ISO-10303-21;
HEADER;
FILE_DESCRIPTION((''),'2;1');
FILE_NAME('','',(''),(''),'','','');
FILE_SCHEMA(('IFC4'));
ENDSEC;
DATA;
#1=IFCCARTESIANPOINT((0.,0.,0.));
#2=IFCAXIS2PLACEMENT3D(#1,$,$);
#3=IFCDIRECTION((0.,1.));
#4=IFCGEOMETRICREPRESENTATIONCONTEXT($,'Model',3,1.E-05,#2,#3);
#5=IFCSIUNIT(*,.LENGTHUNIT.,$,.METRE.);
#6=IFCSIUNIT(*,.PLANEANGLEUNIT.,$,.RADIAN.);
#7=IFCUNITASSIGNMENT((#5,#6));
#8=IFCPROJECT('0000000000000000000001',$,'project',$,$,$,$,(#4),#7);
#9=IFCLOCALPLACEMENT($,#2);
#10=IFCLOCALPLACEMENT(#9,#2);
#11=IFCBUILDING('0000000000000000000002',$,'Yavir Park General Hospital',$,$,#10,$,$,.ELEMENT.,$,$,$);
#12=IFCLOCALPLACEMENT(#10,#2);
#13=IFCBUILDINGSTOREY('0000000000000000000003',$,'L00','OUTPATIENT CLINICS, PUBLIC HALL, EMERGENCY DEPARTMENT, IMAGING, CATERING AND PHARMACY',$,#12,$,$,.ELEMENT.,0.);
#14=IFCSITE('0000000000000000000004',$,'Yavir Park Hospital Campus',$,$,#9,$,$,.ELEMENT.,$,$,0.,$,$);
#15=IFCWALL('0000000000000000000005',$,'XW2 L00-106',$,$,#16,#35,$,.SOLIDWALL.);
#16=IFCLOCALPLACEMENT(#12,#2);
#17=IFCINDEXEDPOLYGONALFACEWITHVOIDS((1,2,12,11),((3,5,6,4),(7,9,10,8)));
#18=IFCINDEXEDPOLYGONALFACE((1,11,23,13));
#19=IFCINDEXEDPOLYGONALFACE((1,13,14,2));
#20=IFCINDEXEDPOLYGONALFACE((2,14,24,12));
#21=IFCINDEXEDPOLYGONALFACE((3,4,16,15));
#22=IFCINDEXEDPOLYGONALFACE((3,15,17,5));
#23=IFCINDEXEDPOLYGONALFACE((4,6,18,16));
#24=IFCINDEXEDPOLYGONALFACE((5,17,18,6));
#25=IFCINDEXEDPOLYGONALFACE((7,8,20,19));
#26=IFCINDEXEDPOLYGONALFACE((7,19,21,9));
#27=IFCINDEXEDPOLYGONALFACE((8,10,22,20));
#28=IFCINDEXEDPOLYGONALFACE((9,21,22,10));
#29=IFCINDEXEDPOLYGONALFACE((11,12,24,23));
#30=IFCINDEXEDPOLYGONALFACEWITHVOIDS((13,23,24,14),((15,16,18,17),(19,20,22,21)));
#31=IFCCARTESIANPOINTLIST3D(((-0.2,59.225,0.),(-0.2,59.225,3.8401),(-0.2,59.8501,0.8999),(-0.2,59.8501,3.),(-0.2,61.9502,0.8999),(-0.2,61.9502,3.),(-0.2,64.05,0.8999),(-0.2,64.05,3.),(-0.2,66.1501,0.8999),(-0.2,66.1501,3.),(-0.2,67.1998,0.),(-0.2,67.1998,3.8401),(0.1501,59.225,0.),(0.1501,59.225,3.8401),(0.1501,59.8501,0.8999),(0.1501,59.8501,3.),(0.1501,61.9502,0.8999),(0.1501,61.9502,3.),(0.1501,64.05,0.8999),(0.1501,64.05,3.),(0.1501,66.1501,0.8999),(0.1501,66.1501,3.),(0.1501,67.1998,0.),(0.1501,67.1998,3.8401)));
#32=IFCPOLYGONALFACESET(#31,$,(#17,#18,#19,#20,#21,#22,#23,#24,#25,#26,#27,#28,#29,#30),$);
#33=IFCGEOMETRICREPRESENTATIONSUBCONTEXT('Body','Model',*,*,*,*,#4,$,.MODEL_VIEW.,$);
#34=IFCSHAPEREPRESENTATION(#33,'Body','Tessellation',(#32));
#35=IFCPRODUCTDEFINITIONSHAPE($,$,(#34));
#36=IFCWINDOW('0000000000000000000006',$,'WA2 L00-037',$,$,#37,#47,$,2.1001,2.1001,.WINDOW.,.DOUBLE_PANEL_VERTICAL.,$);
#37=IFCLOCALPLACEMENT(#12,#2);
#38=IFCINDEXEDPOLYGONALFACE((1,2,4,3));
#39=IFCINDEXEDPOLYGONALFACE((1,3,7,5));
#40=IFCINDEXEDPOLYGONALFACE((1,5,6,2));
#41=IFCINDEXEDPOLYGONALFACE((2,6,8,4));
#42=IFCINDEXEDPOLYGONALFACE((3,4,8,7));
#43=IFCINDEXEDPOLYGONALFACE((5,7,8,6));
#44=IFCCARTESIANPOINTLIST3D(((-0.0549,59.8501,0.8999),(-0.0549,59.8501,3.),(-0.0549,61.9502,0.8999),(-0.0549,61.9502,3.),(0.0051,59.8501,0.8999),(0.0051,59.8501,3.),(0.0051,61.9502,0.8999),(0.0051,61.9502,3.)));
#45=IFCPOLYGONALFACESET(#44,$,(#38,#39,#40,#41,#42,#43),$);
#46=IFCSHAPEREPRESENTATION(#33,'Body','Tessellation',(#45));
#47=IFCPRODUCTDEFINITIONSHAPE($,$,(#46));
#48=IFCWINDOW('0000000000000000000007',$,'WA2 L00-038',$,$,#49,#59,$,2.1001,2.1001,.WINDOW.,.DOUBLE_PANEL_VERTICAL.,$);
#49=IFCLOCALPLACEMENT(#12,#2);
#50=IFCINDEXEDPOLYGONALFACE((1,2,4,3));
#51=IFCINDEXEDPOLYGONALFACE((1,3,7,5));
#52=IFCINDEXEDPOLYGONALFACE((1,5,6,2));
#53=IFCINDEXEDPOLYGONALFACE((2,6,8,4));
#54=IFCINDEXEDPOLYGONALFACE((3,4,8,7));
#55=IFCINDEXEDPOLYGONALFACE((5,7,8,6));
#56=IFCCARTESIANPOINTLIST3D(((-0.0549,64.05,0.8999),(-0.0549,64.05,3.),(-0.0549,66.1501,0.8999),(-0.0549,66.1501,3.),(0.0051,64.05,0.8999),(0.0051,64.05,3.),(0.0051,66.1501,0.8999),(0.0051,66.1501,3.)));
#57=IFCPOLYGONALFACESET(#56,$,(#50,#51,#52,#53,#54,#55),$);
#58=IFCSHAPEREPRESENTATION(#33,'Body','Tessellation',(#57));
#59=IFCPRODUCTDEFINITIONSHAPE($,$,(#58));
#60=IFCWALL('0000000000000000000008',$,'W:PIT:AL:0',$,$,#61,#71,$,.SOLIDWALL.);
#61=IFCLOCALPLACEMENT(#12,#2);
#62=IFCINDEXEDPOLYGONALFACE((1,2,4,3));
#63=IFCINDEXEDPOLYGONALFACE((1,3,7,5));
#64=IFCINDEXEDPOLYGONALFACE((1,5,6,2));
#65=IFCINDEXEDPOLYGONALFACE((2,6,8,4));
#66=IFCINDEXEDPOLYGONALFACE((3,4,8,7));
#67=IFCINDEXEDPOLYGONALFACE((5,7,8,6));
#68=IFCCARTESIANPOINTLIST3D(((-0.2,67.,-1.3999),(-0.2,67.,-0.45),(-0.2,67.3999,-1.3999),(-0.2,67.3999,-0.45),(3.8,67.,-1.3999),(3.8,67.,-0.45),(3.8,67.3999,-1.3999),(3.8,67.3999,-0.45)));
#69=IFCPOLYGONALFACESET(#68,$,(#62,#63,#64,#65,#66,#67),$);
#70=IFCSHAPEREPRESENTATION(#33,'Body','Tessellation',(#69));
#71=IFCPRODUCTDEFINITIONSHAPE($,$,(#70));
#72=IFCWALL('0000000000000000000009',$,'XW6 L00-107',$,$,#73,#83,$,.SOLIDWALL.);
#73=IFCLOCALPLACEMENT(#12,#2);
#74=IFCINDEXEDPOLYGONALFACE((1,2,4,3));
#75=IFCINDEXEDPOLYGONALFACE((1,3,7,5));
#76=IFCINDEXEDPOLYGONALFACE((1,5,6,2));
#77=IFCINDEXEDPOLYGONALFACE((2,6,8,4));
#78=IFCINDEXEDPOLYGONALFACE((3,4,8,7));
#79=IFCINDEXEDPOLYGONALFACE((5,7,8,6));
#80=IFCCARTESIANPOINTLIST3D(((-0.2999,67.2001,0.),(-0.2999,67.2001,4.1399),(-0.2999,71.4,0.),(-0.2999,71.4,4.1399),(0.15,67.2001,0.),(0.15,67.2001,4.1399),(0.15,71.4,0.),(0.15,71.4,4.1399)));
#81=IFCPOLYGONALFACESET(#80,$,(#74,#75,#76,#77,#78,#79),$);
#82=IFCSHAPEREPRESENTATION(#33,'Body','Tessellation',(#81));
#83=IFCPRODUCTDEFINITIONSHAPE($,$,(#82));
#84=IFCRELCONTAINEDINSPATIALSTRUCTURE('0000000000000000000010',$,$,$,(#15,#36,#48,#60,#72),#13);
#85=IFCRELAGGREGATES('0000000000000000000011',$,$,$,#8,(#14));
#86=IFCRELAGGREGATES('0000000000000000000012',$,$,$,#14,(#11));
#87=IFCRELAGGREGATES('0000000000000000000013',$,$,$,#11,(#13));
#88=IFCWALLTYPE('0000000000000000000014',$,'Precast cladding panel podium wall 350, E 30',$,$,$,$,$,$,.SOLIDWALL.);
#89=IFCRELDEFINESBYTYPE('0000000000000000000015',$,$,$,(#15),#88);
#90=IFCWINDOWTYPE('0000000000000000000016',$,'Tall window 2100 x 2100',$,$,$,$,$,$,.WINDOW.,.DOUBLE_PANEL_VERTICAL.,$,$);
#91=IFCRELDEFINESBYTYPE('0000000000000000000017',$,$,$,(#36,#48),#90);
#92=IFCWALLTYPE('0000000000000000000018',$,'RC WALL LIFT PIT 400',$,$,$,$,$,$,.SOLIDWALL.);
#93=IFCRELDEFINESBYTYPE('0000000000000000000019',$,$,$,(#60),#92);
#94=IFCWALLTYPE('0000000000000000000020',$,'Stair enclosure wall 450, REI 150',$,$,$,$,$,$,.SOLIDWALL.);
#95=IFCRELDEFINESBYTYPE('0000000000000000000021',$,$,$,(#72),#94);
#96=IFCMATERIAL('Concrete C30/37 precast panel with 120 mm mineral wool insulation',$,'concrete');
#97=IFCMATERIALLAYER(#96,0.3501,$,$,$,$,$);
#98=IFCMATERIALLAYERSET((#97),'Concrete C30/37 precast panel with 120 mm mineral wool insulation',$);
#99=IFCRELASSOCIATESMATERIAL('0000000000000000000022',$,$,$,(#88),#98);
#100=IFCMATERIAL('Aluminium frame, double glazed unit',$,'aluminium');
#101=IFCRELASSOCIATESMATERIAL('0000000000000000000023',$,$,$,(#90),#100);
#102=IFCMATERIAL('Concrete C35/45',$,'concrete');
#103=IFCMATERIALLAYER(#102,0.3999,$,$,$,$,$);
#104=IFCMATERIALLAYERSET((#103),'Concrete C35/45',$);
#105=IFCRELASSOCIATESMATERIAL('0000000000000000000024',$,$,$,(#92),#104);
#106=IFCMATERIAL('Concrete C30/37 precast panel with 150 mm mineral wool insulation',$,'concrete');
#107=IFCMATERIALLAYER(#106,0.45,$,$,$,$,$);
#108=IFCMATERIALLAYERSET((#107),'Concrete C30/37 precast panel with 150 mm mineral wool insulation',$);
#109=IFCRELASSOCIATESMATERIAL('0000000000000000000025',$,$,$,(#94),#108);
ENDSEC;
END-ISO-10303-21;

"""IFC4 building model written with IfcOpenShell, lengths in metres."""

from ifc_helpers import new_model, si_unit, direction, frame, frame_2d, origin, place, context, subcontext, project, spatial, rectangle, extrude, material, layer, layer_set, type_object, element, fill, save


model = new_model("IFC4")

# Units and contexts
model_context = context("Model", 3, precision=1e-05, world=origin(), true_north=direction((0.0, 1.0)))
body_context = subcontext(model_context, "Body", "Model", "MODEL_VIEW")
ifc_project = project(units=[si_unit("LENGTHUNIT", "METRE"), si_unit("PLANEANGLEUNIT", "RADIAN")], contexts=[model_context])

# Site, building, storey
site_placement = place(None, origin())
site = spatial("IfcSite", under=ifc_project, at=site_placement, Name="Yavir Park Hospital Campus", CompositionType="ELEMENT", RefElevation=0.0)
building_placement = place(site_placement, origin())
building = spatial("IfcBuilding", under=site, at=building_placement, Name="Yavir Park General Hospital", CompositionType="ELEMENT")
storey_placement = place(building_placement, origin())
storey = spatial("IfcBuildingStorey", under=building, at=storey_placement, Name="L00", Description="OUTPATIENT CLINICS, PUBLIC HALL, EMERGENCY DEPARTMENT, IMAGING, CATERING AND PHARMACY", CompositionType="ELEMENT", Elevation=0.0)

# Wall, openings, windows
ifc_material_1 = material(Name="Concrete C30/37 precast panel with 120 mm mineral wool insulation", Category="concrete")
ifc_layer_1 = layer(ifc_material_1, 0.3501)
ifc_layer_set_1 = layer_set([ifc_layer_1], Name="Concrete C30/37 precast panel with 120 mm mineral wool insulation")
wall_type_1 = type_object("IfcWallType", Name="Precast cladding panel podium wall 350, E 30", PredefinedType="SOLIDWALL", material=ifc_layer_set_1)
wall_1_placement = place(storey_placement, frame((-0.0249, 59.2251, 0.0), z_axis=(0.0, 0.0, 1.0), x_axis=(0.0, 1.0, 0.0)))
wall_1 = element("IfcWall", 1, at=wall_1_placement, inside=storey, type_object=wall_type_1, Name="XW2 L00-106", PredefinedType="SOLIDWALL", context=body_context, shape_type="SweptSolid", body=[
    extrude(rectangle(XDim=7.9749, YDim=0.3501, at=frame_2d((3.9873, 0.0))), origin(), (0.0, 0.0, 1.0), 3.8401),
])
opening_1_placement = place(wall_1_placement, frame((0.625, 0.0, 0.8999)))
opening_1 = element("IfcOpeningElement", 2, at=opening_1_placement, cuts=wall_1, PredefinedType="OPENING", context=body_context, shape_type="SweptSolid", body=[
    extrude(rectangle(XDim=2.1001, YDim=2.1001, at=frame_2d((1.05, 1.05))), frame((0.0, 0.1851, 0.0), z_axis=(0.0, -1.0, 0.0), x_axis=(1.0, 0.0, 0.0)), (0.0, 0.0, 1.0), 0.3701),
])
opening_2_placement = place(wall_1_placement, frame((4.825, 0.0, 0.8999)))
opening_2 = element("IfcOpeningElement", 3, at=opening_2_placement, cuts=wall_1, PredefinedType="OPENING", context=body_context, shape_type="SweptSolid", body=[
    extrude(rectangle(XDim=2.1001, YDim=2.1001, at=frame_2d((1.05, 1.05))), frame((0.0, 0.1851, 0.0), z_axis=(0.0, -1.0, 0.0), x_axis=(1.0, 0.0, 0.0)), (0.0, 0.0, 1.0), 0.3701),
])
ifc_material_2 = material(Name="Aluminium frame, double glazed unit", Category="aluminium")
window_type = type_object("IfcWindowType", Name="Tall window 2100 x 2100", PartitioningType="DOUBLE_PANEL_VERTICAL", PredefinedType="WINDOW", material=ifc_material_2)
window_1_placement = place(opening_1_placement, origin())
window_1 = element("IfcWindow", 4, at=window_1_placement, inside=storey, type_object=window_type, Name="WA2 L00-037", OverallHeight=2.1001, OverallWidth=2.1001, PartitioningType="DOUBLE_PANEL_VERTICAL", PredefinedType="WINDOW", context=body_context, shape_type="SweptSolid", body=[
    extrude(rectangle(XDim=2.1001, YDim=2.1001, at=frame_2d((1.05, 1.05))), frame((0.0, 0.03, 0.0), z_axis=(0.0, -1.0, 0.0), x_axis=(1.0, 0.0, 0.0)), (0.0, 0.0, 1.0), 0.0601),
])
fill(opening_1, window_1)
window_2_placement = place(opening_2_placement, origin())
window_2 = element("IfcWindow", 5, at=window_2_placement, inside=storey, type_object=window_type, Name="WA2 L00-038", OverallHeight=2.1001, OverallWidth=2.1001, PartitioningType="DOUBLE_PANEL_VERTICAL", PredefinedType="WINDOW", context=body_context, shape_type="SweptSolid", body=[
    extrude(rectangle(XDim=2.1001, YDim=2.1001, at=frame_2d((1.05, 1.05))), frame((0.0, 0.03, 0.0), z_axis=(0.0, -1.0, 0.0), x_axis=(1.0, 0.0, 0.0)), (0.0, 0.0, 1.0), 0.0601),
])
fill(opening_2, window_2)

# Walls
ifc_material_3 = material(Name="Concrete C35/45", Category="concrete")
ifc_layer_2 = layer(ifc_material_3, 0.3999)
ifc_layer_set_2 = layer_set([ifc_layer_2], Name="Concrete C35/45")
wall_type_2 = type_object("IfcWallType", Name="RC WALL LIFT PIT 400", PredefinedType="SOLIDWALL", material=ifc_layer_set_2)
wall_2_placement = place(storey_placement, frame((-0.2, 67.2, -1.3999), z_axis=(0.0, 0.0, 1.0), x_axis=(1.0, 0.0, 0.0)))
element("IfcWall", 6, at=wall_2_placement, inside=storey, type_object=wall_type_2, Name="W:PIT:AL:0", PredefinedType="SOLIDWALL", context=body_context, shape_type="SweptSolid", body=[
    extrude(rectangle(XDim=4.0, YDim=0.3999, at=frame_2d((2.0, 0.0))), origin(), (0.0, 0.0, 1.0), 0.95),
])
ifc_material_4 = material(Name="Concrete C30/37 precast panel with 150 mm mineral wool insulation", Category="concrete")
ifc_layer_3 = layer(ifc_material_4, 0.45)
ifc_layer_set_3 = layer_set([ifc_layer_3], Name="Concrete C30/37 precast panel with 150 mm mineral wool insulation")
wall_type_3 = type_object("IfcWallType", Name="Stair enclosure wall 450, REI 150", PredefinedType="SOLIDWALL", material=ifc_layer_set_3)
wall_3_placement = place(storey_placement, frame((-0.075, 67.2, 0.0), z_axis=(0.0, 0.0, 1.0), x_axis=(0.0, 1.0, 0.0)))
element("IfcWall", 7, at=wall_3_placement, inside=storey, type_object=wall_type_3, Name="XW6 L00-107", PredefinedType="SOLIDWALL", context=body_context, shape_type="SweptSolid", body=[
    extrude(rectangle(XDim=4.2, YDim=0.45, at=frame_2d((2.1001, 0.0))), origin(), (0.0, 0.0, 1.0), 4.1399),
])

save(model, "model.ifc")
